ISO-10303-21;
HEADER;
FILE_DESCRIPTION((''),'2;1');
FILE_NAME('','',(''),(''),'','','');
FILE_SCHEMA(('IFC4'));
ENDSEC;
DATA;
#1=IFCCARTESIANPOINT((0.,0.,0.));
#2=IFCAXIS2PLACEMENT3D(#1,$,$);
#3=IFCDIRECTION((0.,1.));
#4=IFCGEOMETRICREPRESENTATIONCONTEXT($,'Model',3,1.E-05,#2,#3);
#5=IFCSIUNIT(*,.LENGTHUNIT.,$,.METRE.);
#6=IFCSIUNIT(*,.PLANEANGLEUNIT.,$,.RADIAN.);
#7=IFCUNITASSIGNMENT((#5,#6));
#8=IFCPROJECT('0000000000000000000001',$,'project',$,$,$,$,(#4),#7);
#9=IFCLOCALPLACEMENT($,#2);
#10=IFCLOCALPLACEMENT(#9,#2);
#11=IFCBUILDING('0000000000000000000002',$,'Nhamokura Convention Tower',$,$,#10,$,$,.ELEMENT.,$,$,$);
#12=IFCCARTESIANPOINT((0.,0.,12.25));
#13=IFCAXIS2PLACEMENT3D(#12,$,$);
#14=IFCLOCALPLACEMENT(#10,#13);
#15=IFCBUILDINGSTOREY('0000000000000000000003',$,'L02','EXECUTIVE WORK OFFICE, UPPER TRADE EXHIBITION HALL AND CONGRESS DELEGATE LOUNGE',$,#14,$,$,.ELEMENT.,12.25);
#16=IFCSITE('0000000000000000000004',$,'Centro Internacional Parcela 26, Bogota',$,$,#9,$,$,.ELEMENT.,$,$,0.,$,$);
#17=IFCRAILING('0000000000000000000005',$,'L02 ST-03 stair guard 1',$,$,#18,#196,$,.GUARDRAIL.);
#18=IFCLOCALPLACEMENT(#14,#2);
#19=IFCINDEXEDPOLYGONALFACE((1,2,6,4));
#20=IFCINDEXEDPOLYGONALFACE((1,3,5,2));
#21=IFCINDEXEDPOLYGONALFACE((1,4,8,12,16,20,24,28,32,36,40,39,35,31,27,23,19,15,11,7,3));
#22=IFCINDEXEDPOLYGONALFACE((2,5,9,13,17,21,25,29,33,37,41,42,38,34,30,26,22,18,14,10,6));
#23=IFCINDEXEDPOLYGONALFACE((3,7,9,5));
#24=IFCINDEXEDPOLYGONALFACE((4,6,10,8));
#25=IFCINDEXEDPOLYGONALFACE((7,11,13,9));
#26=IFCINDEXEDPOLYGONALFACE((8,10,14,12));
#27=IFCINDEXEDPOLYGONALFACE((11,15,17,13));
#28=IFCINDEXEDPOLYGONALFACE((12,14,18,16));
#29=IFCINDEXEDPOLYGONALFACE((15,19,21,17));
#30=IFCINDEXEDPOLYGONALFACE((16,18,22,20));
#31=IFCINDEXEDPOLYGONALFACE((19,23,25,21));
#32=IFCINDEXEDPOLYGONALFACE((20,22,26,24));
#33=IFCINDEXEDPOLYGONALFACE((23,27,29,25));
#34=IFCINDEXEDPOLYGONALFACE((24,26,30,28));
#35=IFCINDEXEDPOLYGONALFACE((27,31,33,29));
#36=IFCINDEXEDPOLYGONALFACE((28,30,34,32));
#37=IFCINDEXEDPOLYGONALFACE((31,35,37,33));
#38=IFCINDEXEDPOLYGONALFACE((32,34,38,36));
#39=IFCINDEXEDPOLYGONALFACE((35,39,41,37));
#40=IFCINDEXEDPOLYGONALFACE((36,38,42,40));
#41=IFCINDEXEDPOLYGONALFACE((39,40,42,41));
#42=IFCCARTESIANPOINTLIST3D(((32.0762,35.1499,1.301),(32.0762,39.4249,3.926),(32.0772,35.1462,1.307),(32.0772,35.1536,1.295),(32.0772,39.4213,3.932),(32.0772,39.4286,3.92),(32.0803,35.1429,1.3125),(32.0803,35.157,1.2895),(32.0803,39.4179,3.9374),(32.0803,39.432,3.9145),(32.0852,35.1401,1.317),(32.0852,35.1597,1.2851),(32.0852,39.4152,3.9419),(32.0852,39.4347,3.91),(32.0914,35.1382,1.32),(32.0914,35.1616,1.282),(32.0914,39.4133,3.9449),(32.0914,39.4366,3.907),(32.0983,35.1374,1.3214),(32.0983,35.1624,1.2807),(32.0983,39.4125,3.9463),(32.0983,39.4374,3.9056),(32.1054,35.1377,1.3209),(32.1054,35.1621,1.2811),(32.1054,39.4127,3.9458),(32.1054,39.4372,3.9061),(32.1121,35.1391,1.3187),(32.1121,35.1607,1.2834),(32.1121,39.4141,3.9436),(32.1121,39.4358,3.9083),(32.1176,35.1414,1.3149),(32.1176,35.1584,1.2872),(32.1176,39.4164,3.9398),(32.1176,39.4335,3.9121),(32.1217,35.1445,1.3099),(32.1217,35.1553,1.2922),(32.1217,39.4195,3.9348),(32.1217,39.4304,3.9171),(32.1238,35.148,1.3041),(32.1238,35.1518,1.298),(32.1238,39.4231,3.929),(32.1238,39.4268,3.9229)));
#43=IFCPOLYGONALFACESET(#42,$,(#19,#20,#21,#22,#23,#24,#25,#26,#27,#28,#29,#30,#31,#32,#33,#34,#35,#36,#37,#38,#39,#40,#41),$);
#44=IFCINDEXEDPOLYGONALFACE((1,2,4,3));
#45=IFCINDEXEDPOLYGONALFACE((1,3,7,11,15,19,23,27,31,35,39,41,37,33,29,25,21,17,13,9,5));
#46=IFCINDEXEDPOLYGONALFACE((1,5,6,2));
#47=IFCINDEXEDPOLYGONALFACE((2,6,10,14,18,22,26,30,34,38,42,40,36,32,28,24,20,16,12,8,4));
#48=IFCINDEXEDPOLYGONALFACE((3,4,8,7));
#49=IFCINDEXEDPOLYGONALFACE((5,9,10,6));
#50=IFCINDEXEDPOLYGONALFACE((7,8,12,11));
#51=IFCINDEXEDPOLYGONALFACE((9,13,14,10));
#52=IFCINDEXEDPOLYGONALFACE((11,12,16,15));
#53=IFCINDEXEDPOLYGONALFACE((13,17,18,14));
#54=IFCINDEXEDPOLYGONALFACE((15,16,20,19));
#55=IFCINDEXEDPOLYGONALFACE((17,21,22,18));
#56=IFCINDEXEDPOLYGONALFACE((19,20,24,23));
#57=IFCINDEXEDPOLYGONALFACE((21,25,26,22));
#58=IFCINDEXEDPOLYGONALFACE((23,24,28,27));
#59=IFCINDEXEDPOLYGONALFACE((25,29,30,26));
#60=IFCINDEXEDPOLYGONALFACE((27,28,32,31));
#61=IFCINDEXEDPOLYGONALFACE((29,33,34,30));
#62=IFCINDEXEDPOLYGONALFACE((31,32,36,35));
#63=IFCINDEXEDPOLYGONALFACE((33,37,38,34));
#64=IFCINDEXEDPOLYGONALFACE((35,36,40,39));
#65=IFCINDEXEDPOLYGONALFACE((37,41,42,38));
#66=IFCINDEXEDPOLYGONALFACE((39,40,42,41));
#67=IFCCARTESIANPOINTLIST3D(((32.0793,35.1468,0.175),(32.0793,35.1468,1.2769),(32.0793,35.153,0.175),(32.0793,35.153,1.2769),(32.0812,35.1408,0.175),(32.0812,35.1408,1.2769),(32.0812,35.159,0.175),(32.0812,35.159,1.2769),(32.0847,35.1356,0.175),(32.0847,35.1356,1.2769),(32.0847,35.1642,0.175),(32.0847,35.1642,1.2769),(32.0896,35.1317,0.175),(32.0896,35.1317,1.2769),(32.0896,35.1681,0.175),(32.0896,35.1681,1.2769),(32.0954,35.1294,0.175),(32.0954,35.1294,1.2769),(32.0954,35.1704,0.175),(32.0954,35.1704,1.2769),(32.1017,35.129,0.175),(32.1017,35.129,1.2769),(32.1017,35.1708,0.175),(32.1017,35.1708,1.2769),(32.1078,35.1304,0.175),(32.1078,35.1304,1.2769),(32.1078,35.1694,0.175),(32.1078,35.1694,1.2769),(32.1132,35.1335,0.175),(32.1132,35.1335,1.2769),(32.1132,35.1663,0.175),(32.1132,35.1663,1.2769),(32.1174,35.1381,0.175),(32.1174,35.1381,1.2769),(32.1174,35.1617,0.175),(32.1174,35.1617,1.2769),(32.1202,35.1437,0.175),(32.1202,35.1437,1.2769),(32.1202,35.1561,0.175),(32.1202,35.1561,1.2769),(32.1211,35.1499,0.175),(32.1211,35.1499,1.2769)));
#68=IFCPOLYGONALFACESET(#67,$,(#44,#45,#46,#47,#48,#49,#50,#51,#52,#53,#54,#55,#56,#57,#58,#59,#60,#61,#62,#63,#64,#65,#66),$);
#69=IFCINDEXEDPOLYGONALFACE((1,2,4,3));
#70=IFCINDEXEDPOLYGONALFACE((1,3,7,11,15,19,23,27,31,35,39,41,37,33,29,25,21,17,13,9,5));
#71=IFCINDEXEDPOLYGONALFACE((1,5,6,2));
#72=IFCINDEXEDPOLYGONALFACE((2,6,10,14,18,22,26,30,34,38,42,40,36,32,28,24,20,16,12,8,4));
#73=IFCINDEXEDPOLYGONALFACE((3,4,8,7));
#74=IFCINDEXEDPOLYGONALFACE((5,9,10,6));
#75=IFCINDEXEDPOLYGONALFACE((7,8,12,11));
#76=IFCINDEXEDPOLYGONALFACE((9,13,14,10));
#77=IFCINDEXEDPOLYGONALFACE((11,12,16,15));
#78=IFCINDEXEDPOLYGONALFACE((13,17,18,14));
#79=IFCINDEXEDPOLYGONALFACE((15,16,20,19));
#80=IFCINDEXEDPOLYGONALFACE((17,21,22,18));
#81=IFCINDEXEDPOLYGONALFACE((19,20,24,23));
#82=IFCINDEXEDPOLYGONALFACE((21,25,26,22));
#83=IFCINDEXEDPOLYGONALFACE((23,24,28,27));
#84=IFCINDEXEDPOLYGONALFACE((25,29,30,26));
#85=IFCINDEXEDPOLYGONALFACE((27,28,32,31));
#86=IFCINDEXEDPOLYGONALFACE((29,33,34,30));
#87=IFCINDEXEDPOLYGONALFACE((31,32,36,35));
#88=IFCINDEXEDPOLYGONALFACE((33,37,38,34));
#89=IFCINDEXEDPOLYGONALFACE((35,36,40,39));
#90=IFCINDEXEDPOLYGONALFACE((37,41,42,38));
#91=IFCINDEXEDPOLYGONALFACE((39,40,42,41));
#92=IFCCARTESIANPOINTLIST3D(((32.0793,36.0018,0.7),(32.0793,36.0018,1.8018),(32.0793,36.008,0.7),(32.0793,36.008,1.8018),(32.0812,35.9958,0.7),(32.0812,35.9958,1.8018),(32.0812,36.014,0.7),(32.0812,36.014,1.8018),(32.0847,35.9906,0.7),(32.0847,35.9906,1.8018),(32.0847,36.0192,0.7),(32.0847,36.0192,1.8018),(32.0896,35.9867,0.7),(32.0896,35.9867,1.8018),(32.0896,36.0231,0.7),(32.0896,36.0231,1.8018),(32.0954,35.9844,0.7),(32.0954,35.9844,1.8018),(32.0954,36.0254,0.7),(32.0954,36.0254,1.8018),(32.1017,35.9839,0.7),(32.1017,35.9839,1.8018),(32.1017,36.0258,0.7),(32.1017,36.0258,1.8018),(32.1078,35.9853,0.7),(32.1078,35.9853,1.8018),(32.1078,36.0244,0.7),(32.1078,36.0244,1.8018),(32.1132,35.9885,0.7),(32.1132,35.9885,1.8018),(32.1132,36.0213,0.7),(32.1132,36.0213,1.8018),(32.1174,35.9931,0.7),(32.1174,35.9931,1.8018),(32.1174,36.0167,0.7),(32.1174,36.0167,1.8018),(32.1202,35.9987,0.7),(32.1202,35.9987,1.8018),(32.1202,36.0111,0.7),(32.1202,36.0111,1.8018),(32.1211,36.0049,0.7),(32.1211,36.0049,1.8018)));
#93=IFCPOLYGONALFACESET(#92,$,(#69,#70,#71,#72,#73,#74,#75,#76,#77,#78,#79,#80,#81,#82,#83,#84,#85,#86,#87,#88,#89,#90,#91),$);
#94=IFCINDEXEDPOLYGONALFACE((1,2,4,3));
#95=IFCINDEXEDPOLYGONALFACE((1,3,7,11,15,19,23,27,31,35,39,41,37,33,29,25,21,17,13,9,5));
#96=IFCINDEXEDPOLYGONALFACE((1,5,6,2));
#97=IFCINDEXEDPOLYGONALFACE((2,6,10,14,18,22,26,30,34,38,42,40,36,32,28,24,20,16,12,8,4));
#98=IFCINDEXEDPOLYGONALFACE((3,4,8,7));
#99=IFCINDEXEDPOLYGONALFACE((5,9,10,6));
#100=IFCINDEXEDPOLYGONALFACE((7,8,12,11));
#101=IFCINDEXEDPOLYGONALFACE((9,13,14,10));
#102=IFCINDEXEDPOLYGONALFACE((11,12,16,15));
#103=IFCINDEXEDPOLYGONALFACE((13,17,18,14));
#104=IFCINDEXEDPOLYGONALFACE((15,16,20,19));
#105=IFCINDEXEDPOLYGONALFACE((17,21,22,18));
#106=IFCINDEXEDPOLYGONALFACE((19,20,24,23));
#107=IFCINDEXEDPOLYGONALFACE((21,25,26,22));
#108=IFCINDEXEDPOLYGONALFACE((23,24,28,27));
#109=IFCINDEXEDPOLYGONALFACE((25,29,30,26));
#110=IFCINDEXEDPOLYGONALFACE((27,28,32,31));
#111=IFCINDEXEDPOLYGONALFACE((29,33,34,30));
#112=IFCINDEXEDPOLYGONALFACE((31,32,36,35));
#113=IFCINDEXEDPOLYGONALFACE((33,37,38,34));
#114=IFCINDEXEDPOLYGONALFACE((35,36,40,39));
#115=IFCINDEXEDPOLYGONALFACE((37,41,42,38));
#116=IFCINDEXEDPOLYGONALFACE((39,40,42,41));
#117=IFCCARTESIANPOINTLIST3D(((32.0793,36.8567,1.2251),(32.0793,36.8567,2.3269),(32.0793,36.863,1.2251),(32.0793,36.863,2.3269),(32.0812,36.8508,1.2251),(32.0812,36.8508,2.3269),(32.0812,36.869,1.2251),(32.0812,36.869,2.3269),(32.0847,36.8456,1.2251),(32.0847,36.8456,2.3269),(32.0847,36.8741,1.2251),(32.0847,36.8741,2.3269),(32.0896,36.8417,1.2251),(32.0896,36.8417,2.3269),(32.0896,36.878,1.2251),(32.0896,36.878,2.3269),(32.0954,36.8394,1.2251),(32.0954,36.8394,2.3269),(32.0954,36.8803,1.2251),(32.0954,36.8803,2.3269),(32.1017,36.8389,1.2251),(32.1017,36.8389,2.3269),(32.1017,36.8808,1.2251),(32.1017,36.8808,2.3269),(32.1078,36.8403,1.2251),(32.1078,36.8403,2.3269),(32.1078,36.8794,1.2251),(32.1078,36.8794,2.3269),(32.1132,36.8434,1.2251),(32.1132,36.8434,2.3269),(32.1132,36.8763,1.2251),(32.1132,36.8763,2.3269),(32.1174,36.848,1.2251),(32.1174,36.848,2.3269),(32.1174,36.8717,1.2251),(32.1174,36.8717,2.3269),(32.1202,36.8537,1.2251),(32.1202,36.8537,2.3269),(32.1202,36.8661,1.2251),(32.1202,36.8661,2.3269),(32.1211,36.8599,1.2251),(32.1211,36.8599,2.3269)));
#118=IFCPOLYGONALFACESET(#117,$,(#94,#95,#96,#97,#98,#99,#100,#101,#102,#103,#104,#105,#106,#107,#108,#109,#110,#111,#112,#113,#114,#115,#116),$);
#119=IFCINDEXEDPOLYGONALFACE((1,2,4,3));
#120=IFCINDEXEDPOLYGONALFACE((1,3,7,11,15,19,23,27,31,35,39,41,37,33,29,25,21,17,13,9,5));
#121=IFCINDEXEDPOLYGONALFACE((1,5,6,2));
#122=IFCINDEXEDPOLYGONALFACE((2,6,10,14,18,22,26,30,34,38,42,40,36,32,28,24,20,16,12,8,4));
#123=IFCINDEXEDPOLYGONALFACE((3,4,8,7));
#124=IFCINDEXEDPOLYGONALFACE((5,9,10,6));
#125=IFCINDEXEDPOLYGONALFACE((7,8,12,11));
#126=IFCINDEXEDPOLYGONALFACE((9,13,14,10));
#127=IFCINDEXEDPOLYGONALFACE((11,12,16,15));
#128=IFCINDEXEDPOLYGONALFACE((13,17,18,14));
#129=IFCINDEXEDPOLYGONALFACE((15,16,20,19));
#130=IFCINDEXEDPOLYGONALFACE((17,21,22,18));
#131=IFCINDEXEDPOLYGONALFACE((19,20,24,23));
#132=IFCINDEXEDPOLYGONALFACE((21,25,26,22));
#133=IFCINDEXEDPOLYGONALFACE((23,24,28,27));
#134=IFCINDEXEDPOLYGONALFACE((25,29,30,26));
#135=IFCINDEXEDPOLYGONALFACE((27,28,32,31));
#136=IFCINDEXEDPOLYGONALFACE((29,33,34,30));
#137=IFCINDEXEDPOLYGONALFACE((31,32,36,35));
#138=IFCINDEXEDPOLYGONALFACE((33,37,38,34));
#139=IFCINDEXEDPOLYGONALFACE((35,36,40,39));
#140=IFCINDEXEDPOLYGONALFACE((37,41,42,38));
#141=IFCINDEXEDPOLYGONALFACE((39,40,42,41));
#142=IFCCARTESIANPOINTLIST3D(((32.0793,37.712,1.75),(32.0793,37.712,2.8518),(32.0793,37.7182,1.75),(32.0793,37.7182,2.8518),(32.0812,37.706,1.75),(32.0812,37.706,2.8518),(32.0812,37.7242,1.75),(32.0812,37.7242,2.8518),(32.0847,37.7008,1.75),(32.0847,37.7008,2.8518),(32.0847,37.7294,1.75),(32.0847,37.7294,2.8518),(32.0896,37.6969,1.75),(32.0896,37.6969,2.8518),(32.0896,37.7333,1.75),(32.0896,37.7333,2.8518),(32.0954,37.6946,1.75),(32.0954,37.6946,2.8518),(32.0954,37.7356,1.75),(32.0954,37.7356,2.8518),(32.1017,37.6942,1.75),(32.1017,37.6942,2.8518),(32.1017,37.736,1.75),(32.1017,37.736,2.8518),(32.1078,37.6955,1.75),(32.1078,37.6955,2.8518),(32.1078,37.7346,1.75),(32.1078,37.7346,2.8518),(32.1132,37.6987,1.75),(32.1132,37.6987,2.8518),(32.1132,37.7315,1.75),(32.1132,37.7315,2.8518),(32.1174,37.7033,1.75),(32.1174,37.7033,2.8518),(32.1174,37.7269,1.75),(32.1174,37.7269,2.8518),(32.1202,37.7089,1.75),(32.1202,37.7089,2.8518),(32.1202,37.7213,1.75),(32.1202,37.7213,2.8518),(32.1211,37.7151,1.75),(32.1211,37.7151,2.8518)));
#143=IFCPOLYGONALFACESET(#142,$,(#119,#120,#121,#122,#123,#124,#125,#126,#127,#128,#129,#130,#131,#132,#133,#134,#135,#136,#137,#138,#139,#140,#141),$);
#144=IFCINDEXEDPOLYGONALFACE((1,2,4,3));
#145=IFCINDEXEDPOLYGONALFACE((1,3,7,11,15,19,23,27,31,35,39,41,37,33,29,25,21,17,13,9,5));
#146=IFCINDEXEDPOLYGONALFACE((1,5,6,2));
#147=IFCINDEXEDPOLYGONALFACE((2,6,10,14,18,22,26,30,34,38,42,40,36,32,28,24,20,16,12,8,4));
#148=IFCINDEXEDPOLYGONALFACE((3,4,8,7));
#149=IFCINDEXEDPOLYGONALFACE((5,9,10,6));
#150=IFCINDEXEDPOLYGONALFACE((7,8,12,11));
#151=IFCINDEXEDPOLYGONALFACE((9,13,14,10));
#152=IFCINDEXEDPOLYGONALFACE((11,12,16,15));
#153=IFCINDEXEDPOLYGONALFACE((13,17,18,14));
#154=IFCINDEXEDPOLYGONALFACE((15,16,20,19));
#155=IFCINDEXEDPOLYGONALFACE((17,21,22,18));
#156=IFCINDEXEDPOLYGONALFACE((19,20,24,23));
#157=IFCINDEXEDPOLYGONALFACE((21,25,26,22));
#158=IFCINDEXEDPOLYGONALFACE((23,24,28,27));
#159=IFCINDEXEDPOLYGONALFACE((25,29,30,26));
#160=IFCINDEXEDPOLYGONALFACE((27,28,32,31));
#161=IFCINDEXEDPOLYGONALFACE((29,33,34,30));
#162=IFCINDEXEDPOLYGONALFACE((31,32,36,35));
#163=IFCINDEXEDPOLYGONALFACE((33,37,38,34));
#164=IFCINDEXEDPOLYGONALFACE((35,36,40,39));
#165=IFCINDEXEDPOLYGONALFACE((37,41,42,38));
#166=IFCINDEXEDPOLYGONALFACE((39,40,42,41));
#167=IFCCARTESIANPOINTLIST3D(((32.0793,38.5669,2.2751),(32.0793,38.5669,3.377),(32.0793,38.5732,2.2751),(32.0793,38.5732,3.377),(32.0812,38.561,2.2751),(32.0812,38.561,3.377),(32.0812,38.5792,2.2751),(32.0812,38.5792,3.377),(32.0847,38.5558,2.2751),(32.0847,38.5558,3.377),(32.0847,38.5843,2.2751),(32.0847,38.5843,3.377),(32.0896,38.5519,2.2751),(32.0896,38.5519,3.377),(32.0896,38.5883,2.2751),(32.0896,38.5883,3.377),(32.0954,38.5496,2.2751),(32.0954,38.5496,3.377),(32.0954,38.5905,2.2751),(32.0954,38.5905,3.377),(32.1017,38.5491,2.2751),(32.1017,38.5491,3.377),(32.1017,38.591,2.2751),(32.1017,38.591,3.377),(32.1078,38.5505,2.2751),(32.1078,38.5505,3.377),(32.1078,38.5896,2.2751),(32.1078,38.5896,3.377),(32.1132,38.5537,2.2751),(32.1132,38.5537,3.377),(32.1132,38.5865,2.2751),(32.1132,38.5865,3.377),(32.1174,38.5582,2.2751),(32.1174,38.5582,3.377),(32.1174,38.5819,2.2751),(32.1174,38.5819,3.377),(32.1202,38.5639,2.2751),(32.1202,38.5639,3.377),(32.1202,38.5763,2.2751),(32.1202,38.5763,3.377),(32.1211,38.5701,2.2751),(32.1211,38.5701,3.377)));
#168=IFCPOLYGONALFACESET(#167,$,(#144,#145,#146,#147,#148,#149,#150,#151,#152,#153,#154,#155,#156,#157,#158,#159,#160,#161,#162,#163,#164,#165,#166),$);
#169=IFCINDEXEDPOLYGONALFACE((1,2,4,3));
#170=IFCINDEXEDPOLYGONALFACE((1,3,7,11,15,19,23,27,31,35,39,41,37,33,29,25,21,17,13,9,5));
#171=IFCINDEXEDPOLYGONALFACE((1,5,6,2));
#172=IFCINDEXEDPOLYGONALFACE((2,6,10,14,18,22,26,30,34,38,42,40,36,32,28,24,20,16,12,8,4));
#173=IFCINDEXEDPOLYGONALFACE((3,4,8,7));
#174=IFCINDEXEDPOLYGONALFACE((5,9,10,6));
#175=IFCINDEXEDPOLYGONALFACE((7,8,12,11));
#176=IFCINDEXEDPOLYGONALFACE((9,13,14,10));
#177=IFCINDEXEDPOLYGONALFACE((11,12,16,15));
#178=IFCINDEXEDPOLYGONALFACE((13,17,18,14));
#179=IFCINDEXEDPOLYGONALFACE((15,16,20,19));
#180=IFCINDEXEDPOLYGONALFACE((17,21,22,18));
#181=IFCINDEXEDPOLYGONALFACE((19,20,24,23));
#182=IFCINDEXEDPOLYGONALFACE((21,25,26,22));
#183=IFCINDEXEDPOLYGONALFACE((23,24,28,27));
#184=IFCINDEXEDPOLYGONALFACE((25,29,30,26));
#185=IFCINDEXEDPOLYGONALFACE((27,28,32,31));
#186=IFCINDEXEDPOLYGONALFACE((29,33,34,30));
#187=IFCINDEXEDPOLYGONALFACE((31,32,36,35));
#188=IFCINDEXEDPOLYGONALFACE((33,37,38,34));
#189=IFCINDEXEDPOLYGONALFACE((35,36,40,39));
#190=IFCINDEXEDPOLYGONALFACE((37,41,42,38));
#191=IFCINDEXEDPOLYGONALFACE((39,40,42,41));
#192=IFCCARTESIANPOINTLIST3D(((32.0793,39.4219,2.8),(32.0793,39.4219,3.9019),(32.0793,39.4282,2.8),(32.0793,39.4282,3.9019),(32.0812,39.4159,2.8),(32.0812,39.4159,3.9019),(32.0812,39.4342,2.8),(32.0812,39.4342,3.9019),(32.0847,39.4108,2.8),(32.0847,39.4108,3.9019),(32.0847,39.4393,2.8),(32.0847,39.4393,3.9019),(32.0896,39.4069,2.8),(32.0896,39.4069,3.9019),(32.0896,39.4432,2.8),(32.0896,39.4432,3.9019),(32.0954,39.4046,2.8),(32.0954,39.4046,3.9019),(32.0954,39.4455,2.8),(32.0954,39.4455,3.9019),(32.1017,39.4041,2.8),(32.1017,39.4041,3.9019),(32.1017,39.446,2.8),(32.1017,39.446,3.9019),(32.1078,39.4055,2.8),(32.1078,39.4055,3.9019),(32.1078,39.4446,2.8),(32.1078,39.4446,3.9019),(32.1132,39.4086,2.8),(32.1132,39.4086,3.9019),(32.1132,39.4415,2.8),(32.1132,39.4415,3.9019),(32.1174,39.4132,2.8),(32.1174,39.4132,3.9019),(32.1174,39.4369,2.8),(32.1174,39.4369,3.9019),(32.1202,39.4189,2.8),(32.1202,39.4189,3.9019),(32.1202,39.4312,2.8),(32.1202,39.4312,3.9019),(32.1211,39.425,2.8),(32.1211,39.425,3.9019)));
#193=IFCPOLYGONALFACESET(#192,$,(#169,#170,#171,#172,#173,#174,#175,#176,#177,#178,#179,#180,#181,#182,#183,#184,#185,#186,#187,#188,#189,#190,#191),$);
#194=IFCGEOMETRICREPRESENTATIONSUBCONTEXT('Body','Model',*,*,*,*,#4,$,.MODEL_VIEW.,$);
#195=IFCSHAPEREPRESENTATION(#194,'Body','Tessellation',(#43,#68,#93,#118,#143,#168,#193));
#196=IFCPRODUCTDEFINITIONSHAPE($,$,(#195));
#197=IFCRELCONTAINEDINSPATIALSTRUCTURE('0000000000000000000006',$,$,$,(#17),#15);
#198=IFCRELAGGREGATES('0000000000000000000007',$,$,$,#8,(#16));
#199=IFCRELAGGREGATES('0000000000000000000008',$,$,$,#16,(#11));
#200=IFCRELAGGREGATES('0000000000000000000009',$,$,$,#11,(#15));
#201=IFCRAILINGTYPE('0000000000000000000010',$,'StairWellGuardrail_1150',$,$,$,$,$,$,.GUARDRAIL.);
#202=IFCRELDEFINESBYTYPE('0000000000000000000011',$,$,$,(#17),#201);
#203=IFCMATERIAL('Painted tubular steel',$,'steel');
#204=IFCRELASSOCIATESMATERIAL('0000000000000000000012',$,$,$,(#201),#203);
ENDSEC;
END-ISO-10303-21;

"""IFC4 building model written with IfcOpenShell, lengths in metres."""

from ifc_helpers import new_model, si_unit, direction, frame, origin, origin_2d, place, context, subcontext, project, spatial, circle, extrude, material, type_object, element, save


model = new_model("IFC4")

# Units and contexts
model_context = context("Model", 3, precision=1e-05, world=origin(), true_north=direction((0.0, 1.0)))
body_context = subcontext(model_context, "Body", "Model", "MODEL_VIEW")
ifc_project = project(units=[si_unit("LENGTHUNIT", "METRE"), si_unit("PLANEANGLEUNIT", "RADIAN")], contexts=[model_context])

# Site, building, storey
site_placement = place(None, origin())
site = spatial("IfcSite", under=ifc_project, at=site_placement, Name="Centro Internacional Parcela 26, Bogota", CompositionType="ELEMENT", RefElevation=0.0)
building_placement = place(site_placement, origin())
building = spatial("IfcBuilding", under=site, at=building_placement, Name="Nhamokura Convention Tower", CompositionType="ELEMENT")
storey_placement = place(building_placement, frame((0.0, 0.0, 12.25)))
storey = spatial("IfcBuildingStorey", under=building, at=storey_placement, Name="L02", Description="EXECUTIVE WORK OFFICE, UPPER TRADE EXHIBITION HALL AND CONGRESS DELEGATE LOUNGE", CompositionType="ELEMENT", Elevation=12.25)

# Railing
ifc_material_1 = material(Name="Painted tubular steel", Category="steel")
railing_type_1 = type_object("IfcRailingType", Name="StairWellGuardrail_1150", PredefinedType="GUARDRAIL", material=ifc_material_1)
railing_1_placement = place(storey_placement, frame((32.1001, 35.1499, 0.175)))
element("IfcRailing", 1, at=railing_1_placement, inside=storey, type_object=railing_type_1, Name="L02 ST-03 stair guard 1", PredefinedType="GUARDRAIL", context=body_context, shape_type="SweptSolid", body=[
    extrude(circle(Radius=0.0239, at=origin_2d()), frame((0.0, 0.0, 1.126), z_axis=(0.0, 0.852179, 0.52325), x_axis=(-1.0, 0.0, 0.0)), (0.0, 0.0, 1.0), 5.0166),
    extrude(circle(Radius=0.021, at=origin_2d()), origin(), (0.0, 0.0, 1.0), 1.1018),
    extrude(circle(Radius=0.021, at=origin_2d()), frame((0.0, 0.855, 0.5249)), (0.0, 0.0, 1.0), 1.1018),
    extrude(circle(Radius=0.021, at=origin_2d()), frame((0.0, 1.71, 1.05)), (0.0, 0.0, 1.0), 1.1018),
    extrude(circle(Radius=0.021, at=origin_2d()), frame((0.0, 2.5652, 1.575)), (0.0, 0.0, 1.0), 1.1018),
    extrude(circle(Radius=0.021, at=origin_2d()), frame((0.0, 3.4202, 2.1001)), (0.0, 0.0, 1.0), 1.1018),
    extrude(circle(Radius=0.021, at=origin_2d()), frame((0.0, 4.2751, 2.625)), (0.0, 0.0, 1.0), 1.1018),
])

save(model, "model.ifc")
